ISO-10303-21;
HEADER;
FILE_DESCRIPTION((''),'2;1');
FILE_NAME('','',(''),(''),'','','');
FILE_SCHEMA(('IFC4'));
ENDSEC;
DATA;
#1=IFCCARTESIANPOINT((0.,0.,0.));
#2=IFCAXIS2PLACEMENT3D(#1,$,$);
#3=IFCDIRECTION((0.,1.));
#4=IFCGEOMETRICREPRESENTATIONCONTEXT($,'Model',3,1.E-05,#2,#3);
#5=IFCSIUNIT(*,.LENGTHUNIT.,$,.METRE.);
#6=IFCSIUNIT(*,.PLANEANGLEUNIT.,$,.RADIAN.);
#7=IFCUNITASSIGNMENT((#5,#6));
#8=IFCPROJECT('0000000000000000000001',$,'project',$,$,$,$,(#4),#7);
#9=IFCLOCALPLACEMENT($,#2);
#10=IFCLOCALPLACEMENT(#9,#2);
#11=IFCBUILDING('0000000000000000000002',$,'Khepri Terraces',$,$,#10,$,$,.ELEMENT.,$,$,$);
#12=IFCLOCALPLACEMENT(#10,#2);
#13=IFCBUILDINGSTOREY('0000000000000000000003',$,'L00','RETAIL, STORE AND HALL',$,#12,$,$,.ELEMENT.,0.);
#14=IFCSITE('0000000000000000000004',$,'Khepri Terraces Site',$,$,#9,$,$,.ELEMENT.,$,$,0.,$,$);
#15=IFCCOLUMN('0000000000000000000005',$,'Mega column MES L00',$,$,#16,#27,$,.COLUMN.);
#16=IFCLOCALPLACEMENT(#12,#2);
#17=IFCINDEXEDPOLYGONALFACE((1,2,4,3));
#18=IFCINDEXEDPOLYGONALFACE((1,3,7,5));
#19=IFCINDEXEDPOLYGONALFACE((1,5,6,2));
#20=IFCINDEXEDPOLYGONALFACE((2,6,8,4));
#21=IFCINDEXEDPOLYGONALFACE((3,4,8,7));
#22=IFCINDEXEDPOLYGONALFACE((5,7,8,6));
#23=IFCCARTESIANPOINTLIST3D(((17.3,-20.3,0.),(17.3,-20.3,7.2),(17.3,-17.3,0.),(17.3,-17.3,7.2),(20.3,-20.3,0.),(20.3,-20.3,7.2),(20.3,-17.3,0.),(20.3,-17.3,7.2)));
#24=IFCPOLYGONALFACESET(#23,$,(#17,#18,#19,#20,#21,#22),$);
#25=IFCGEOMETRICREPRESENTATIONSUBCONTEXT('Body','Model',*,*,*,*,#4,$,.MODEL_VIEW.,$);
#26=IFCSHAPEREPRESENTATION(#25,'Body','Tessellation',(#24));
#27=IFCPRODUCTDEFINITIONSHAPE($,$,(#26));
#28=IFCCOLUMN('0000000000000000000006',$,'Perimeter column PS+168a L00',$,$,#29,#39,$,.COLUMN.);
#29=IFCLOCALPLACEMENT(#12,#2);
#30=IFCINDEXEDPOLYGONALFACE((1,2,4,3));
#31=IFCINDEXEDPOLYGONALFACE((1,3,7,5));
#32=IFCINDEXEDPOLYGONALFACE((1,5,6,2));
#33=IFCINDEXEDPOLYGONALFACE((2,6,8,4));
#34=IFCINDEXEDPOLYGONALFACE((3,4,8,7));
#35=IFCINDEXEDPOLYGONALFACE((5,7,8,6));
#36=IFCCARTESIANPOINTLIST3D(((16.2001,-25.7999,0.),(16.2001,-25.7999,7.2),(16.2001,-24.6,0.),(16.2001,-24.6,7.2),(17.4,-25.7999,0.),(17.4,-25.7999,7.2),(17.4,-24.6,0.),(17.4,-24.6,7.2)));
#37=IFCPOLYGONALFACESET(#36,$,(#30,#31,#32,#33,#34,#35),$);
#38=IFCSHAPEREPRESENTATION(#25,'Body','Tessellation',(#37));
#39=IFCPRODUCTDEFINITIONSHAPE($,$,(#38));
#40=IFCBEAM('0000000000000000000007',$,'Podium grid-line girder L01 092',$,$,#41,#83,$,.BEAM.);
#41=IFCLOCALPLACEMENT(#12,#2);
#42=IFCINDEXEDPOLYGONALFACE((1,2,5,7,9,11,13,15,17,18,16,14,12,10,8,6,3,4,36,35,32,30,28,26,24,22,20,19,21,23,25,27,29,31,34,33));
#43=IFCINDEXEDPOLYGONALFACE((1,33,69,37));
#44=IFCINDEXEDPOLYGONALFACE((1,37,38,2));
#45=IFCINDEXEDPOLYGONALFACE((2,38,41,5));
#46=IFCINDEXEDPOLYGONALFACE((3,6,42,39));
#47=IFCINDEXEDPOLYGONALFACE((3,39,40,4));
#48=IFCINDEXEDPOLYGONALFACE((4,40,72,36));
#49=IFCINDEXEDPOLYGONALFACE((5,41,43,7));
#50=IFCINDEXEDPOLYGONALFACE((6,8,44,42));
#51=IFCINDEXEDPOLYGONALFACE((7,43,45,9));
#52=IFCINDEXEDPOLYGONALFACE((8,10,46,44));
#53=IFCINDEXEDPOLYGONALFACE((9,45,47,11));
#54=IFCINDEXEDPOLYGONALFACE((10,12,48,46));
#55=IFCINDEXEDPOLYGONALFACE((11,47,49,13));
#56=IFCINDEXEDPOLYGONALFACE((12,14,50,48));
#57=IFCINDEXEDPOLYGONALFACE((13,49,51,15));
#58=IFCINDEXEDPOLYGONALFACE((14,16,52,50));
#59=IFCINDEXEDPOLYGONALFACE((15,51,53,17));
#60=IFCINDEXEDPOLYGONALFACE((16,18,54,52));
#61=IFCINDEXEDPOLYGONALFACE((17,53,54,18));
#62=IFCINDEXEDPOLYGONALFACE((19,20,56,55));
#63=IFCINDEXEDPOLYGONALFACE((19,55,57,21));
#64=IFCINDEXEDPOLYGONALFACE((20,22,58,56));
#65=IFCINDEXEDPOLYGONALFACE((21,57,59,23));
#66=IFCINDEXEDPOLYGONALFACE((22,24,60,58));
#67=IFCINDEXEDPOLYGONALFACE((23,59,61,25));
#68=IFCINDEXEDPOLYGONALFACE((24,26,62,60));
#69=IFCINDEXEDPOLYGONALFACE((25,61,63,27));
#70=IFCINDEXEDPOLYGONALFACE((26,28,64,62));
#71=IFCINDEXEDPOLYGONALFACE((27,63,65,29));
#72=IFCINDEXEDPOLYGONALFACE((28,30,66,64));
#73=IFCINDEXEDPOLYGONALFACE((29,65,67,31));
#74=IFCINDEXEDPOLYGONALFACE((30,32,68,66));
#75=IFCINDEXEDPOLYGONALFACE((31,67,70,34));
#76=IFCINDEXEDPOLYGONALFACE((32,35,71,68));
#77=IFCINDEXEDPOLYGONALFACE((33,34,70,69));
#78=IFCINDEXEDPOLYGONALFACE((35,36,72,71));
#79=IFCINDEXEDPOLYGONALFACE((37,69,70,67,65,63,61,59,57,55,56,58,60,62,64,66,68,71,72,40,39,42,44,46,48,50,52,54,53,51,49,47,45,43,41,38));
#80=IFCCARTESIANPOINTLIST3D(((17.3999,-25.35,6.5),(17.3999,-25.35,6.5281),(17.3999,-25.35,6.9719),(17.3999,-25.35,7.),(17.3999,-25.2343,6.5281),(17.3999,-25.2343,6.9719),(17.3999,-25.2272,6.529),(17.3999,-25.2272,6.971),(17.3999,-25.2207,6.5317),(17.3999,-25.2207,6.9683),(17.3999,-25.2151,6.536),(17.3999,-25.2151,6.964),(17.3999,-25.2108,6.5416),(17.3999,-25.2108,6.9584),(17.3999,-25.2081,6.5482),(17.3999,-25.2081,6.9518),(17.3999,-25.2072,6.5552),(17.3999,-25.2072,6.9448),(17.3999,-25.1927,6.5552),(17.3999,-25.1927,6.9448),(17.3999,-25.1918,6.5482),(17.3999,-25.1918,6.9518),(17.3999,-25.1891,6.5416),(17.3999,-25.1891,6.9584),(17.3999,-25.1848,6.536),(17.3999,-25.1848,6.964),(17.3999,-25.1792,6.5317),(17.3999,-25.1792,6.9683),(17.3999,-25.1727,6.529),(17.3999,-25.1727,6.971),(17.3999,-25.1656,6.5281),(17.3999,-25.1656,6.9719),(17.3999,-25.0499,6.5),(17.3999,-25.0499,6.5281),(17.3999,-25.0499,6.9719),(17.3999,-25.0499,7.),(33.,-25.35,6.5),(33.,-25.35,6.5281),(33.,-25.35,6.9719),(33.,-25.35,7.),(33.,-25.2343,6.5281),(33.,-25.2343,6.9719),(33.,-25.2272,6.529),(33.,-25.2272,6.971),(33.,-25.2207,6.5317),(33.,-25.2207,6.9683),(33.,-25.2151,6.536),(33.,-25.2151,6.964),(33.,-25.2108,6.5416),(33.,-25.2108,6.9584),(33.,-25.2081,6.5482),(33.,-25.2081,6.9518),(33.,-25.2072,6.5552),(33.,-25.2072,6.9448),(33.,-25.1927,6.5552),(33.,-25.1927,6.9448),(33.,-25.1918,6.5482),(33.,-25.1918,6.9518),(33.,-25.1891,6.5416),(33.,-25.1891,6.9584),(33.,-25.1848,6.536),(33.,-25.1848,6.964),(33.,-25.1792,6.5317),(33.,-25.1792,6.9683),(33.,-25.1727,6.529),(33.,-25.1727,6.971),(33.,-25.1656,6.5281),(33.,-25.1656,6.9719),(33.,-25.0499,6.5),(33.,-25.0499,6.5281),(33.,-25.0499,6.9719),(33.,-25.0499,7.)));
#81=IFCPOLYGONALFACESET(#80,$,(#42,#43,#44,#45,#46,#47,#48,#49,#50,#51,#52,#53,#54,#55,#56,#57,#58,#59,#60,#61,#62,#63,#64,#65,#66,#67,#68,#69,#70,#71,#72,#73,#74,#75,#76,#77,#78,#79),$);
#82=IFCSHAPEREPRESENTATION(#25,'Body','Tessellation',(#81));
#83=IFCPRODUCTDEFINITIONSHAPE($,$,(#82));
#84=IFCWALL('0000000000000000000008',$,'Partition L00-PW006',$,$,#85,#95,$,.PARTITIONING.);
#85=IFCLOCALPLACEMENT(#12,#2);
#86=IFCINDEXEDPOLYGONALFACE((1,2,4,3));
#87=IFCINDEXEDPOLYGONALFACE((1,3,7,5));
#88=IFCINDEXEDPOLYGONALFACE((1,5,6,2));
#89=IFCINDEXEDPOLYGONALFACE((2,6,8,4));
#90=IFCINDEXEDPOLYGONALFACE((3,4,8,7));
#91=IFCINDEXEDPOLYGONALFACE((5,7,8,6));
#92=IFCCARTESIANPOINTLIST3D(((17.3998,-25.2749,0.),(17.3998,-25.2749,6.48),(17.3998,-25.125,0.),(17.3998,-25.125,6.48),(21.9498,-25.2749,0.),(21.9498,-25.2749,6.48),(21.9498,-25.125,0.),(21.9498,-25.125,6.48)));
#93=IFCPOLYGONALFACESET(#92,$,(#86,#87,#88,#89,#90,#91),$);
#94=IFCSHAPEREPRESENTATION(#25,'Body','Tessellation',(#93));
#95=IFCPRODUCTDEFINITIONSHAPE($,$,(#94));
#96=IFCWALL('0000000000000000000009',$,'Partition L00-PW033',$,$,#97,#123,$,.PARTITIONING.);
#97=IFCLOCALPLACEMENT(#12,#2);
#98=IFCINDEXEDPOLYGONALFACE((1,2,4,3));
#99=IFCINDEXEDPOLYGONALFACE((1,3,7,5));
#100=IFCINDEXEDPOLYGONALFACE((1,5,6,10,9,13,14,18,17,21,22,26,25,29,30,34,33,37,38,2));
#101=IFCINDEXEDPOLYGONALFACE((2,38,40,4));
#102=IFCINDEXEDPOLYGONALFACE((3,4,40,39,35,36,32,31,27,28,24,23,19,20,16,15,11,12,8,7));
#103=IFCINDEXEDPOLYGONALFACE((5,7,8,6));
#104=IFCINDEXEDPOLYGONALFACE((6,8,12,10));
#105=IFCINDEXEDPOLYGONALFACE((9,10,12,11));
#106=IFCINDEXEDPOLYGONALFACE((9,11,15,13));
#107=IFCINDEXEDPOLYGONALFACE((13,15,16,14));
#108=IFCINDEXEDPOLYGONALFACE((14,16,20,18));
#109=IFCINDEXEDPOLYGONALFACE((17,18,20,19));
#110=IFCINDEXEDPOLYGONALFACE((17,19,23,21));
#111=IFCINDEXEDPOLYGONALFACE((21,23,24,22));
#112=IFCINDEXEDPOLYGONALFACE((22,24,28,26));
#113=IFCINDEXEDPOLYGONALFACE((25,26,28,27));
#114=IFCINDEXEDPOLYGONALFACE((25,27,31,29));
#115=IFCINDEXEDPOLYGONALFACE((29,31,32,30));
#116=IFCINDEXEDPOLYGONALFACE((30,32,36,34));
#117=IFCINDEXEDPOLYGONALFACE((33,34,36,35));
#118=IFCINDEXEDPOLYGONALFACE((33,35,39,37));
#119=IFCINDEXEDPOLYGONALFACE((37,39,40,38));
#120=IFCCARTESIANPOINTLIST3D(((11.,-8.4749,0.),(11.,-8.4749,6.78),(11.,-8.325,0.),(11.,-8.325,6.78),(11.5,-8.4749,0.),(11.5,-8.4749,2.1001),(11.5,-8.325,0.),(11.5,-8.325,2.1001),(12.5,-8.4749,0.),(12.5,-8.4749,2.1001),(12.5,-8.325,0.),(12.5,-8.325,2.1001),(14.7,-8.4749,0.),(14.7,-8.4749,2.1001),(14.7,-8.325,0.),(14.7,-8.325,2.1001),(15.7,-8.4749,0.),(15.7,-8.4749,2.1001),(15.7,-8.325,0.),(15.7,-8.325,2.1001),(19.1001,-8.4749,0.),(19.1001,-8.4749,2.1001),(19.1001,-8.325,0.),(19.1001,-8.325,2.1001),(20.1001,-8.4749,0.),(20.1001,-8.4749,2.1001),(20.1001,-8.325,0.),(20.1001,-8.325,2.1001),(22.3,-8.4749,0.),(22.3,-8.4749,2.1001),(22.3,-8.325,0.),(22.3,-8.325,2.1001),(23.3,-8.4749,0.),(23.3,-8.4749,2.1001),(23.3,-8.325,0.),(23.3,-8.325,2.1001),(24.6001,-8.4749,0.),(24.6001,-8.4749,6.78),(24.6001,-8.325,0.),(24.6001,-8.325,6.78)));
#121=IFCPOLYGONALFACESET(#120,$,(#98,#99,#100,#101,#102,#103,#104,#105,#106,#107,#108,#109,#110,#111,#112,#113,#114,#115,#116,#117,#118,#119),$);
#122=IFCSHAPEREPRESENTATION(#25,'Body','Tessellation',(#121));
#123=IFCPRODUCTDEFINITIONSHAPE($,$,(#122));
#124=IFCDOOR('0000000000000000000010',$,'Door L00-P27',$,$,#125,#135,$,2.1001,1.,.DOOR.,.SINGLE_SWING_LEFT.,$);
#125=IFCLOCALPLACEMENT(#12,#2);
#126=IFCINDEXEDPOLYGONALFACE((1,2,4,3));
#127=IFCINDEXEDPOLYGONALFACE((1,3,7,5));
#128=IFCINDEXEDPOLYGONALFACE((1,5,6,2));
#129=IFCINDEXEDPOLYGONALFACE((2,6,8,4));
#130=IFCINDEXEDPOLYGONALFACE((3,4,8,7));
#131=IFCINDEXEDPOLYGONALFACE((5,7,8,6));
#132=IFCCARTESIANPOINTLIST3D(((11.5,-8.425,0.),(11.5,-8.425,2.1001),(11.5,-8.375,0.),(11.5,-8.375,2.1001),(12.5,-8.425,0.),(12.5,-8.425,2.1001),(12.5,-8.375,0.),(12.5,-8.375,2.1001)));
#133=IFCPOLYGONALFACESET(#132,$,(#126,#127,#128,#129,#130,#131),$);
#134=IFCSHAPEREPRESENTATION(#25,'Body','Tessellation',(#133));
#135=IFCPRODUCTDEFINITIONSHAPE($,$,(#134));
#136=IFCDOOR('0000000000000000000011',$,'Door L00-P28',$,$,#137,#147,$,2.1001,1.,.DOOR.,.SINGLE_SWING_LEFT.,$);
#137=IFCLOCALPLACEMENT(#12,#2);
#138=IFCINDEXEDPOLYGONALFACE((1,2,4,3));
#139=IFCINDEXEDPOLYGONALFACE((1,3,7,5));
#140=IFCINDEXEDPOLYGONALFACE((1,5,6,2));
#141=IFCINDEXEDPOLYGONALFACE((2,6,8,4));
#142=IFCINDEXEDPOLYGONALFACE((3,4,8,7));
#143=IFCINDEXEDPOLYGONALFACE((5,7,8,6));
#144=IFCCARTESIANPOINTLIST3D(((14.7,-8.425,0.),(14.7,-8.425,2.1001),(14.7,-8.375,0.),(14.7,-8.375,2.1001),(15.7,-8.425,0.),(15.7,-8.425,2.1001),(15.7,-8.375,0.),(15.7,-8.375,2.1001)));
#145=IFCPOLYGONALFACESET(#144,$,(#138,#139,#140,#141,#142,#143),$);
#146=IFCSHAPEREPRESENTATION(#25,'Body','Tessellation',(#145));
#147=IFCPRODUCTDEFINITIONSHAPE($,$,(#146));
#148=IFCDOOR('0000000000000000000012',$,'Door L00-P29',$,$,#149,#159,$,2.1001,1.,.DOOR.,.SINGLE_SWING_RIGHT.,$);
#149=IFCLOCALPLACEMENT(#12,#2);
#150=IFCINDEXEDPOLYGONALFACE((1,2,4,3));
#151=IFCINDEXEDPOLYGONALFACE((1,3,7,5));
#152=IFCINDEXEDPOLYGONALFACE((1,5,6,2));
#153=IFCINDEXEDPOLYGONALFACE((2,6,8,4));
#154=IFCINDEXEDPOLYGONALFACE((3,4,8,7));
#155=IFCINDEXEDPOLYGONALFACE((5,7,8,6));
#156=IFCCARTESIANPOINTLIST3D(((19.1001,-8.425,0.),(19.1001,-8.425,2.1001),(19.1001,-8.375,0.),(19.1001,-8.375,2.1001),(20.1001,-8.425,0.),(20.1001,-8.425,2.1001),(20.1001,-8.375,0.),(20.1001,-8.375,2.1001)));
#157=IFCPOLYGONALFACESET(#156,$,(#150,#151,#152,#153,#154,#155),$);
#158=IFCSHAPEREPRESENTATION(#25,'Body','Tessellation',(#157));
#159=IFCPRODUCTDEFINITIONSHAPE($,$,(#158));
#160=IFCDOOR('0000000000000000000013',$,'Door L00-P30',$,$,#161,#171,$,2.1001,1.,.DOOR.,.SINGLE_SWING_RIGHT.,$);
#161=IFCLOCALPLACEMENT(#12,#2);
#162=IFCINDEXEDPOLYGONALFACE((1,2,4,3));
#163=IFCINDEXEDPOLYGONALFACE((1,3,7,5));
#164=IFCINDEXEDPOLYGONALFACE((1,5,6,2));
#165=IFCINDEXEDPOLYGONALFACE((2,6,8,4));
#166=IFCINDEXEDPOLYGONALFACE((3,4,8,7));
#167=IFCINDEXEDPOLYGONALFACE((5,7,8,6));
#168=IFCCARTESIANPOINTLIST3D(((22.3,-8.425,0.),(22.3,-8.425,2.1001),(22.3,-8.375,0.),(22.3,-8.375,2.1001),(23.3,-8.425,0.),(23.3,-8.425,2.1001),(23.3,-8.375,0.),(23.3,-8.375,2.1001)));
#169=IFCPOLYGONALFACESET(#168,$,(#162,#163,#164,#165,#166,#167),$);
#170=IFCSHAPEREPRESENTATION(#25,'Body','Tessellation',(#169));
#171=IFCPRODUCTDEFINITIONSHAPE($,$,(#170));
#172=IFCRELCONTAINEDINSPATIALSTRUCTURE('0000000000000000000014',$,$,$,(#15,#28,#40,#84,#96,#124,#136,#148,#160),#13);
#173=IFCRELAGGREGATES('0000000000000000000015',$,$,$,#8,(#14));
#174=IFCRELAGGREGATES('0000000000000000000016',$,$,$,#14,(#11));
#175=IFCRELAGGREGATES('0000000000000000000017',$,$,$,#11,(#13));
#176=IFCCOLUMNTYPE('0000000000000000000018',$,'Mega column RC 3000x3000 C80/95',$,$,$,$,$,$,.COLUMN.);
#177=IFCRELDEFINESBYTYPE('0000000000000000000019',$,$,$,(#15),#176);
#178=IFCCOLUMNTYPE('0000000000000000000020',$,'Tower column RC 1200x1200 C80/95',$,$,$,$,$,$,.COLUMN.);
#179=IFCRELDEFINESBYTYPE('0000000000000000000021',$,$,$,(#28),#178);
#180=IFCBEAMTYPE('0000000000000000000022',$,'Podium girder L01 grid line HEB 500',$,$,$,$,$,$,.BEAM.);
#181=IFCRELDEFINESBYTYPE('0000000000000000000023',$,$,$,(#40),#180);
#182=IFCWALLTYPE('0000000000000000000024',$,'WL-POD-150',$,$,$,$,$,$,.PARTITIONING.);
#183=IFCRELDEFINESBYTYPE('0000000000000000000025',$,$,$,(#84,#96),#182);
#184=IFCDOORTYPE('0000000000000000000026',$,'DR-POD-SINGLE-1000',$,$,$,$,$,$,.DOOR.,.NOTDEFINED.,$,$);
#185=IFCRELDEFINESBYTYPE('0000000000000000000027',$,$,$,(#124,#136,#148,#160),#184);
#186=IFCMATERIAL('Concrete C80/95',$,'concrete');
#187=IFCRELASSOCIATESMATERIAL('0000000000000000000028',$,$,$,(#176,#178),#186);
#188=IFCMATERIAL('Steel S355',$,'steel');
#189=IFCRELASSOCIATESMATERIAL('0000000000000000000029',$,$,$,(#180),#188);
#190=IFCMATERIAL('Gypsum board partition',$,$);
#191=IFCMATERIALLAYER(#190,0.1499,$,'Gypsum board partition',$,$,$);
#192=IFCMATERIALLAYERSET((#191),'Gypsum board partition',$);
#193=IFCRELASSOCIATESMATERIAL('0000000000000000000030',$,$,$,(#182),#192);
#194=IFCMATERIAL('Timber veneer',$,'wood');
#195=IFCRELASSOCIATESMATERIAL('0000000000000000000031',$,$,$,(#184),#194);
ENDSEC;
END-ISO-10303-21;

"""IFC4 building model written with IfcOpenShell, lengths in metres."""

from ifc_helpers import new_model, si_unit, direction, frame, frame_2d, origin, origin_2d, place, context, subcontext, project, spatial, rectangle, i_section, extrude, material, layer, layer_set, material_profile, profile_set, type_object, element, fill, save


model = new_model("IFC4")

# Units and contexts
model_context = context("Model", 3, precision=1e-05, world=origin(), true_north=direction((0.0, 1.0)))
body_context = subcontext(model_context, "Body", "Model", "MODEL_VIEW")
ifc_project = project(units=[si_unit("LENGTHUNIT", "METRE"), si_unit("PLANEANGLEUNIT", "RADIAN")], contexts=[model_context])

# Site, building, storey
site_placement = place(None, origin())
site = spatial("IfcSite", under=ifc_project, at=site_placement, Name="Khepri Terraces Site", CompositionType="ELEMENT", RefElevation=0.0)
building_placement = place(site_placement, origin())
building = spatial("IfcBuilding", under=site, at=building_placement, Name="Khepri Terraces", CompositionType="ELEMENT")
storey_placement = place(building_placement, origin())
storey = spatial("IfcBuildingStorey", under=building, at=storey_placement, Name="L00", Description="RETAIL, STORE AND HALL", CompositionType="ELEMENT", Elevation=0.0)

# Columns
ifc_material_1 = material(Name="Concrete C80/95", Category="concrete")
ifc_material_profile_1 = material_profile(ifc_material_1, rectangle(XDim=3.0, YDim=3.0, at=origin_2d()), Name="Concrete C80/95", Category="concrete")
ifc_profile_set_1 = profile_set([ifc_material_profile_1], Name="Concrete C80/95")
column_type_1 = type_object("IfcColumnType", Name="Mega column RC 3000x3000 C80/95", PredefinedType="COLUMN", material=ifc_profile_set_1)
column_1_placement = place(storey_placement, frame((18.8, -18.8, 0.0), z_axis=(0.0, 0.0, 1.0), x_axis=(1.0, 0.0, 0.0)))
element("IfcColumn", 1, at=column_1_placement, inside=storey, type_object=column_type_1, Name="Mega column MES L00", PredefinedType="COLUMN", context=body_context, shape_type="SweptSolid", body=[
    extrude(rectangle(XDim=3.0, YDim=3.0, at=origin_2d()), origin(), (0.0, 0.0, 1.0), 7.2),
])
ifc_material_profile_2 = material_profile(ifc_material_1, rectangle(XDim=1.2, YDim=1.2, at=origin_2d()), Name="Concrete C80/95", Category="concrete")
ifc_profile_set_2 = profile_set([ifc_material_profile_2], Name="Concrete C80/95")
column_type_2 = type_object("IfcColumnType", Name="Tower column RC 1200x1200 C80/95", PredefinedType="COLUMN", material=ifc_profile_set_2)
column_2_placement = place(storey_placement, frame((16.8, -25.2, 0.0), z_axis=(0.0, 0.0, 1.0), x_axis=(1.0, 0.0, 0.0)))
element("IfcColumn", 2, at=column_2_placement, inside=storey, type_object=column_type_2, Name="Perimeter column PS+168a L00", PredefinedType="COLUMN", context=body_context, shape_type="SweptSolid", body=[
    extrude(rectangle(XDim=1.2, YDim=1.2, at=origin_2d()), origin(), (0.0, 0.0, 1.0), 7.2),
])

# Beam
ifc_material_2 = material(Name="Steel S355", Category="steel")
ifc_material_profile_3 = material_profile(ifc_material_2, i_section(OverallWidth=0.3, OverallDepth=0.5, WebThickness=0.0144, FlangeThickness=0.0281, FilletRadius=0.0271, at=origin_2d()), Name="Steel S355", Category="steel")
ifc_profile_set_3 = profile_set([ifc_material_profile_3], Name="Steel S355")
beam_type = type_object("IfcBeamType", Name="Podium girder L01 grid line HEB 500", PredefinedType="BEAM", material=ifc_profile_set_3)
beam_placement = place(storey_placement, frame((17.3999, -25.2, 6.75), z_axis=(1.0, 0.0, 0.0), x_axis=(0.0, 1.0, 0.0)))
element("IfcBeam", 3, at=beam_placement, inside=storey, type_object=beam_type, Name="Podium grid-line girder L01 092", PredefinedType="BEAM", context=body_context, shape_type="SweptSolid", body=[
    extrude(i_section(OverallWidth=0.3, OverallDepth=0.5, WebThickness=0.0144, FlangeThickness=0.0281, FilletRadius=0.0271, at=origin_2d()), origin(), (0.0, 0.0, 1.0), 15.6001),
])

# Wall
ifc_material_3 = material(Name="Gypsum board partition")
ifc_layer_1 = layer(ifc_material_3, 0.1499, Name="Gypsum board partition")
ifc_layer_set_1 = layer_set([ifc_layer_1], Name="Gypsum board partition")
wall_type_1 = type_object("IfcWallType", Name="WL-POD-150", PredefinedType="PARTITIONING", material=ifc_layer_set_1)
wall_1_placement = place(storey_placement, frame((17.3999, -25.2, 0.0), z_axis=(0.0, 0.0, 1.0), x_axis=(1.0, 0.0, 0.0)))
element("IfcWall", 4, at=wall_1_placement, inside=storey, type_object=wall_type_1, Name="Partition L00-PW006", PredefinedType="PARTITIONING", context=body_context, shape_type="SweptSolid", body=[
    extrude(rectangle(XDim=4.55, YDim=0.1499, at=frame_2d((2.2749, 0.0))), origin(), (0.0, 0.0, 1.0), 6.48),
])

# Wall, openings, doors
wall_2_placement = place(storey_placement, frame((11.0, -8.3999, 0.0), z_axis=(0.0, 0.0, 1.0), x_axis=(1.0, 0.0, 0.0)))
wall_2 = element("IfcWall", 5, at=wall_2_placement, inside=storey, type_object=wall_type_1, Name="Partition L00-PW033", PredefinedType="PARTITIONING", context=body_context, shape_type="SweptSolid", body=[
    extrude(rectangle(XDim=13.6001, YDim=0.1499, at=frame_2d((6.8, 0.0))), origin(), (0.0, 0.0, 1.0), 6.78),
])
opening_1_placement = place(wall_2_placement, frame((0.5, 0.0, 0.0)))
opening_1 = element("IfcOpeningElement", 6, at=opening_1_placement, cuts=wall_2, PredefinedType="OPENING", context=body_context, shape_type="SweptSolid", body=[
    extrude(rectangle(XDim=1.0, YDim=2.1001, at=frame_2d((0.5, 1.05))), frame((0.0, 0.085, 0.0), z_axis=(0.0, -1.0, 0.0), x_axis=(1.0, 0.0, 0.0)), (0.0, 0.0, 1.0), 0.1699),
])
opening_2_placement = place(wall_2_placement, frame((3.7, 0.0, 0.0)))
opening_2 = element("IfcOpeningElement", 7, at=opening_2_placement, cuts=wall_2, PredefinedType="OPENING", context=body_context, shape_type="SweptSolid", body=[
    extrude(rectangle(XDim=1.0, YDim=2.1001, at=frame_2d((0.5, 1.05))), frame((0.0, 0.085, 0.0), z_axis=(0.0, -1.0, 0.0), x_axis=(1.0, 0.0, 0.0)), (0.0, 0.0, 1.0), 0.1699),
])
opening_3_placement = place(wall_2_placement, frame((8.1001, 0.0, 0.0)))
opening_3 = element("IfcOpeningElement", 8, at=opening_3_placement, cuts=wall_2, PredefinedType="OPENING", context=body_context, shape_type="SweptSolid", body=[
    extrude(rectangle(XDim=1.0, YDim=2.1001, at=frame_2d((0.5, 1.05))), frame((0.0, 0.085, 0.0), z_axis=(0.0, -1.0, 0.0), x_axis=(1.0, 0.0, 0.0)), (0.0, 0.0, 1.0), 0.1699),
])
opening_4_placement = place(wall_2_placement, frame((11.3, 0.0, 0.0)))
opening_4 = element("IfcOpeningElement", 9, at=opening_4_placement, cuts=wall_2, PredefinedType="OPENING", context=body_context, shape_type="SweptSolid", body=[
    extrude(rectangle(XDim=1.0, YDim=2.1001, at=frame_2d((0.5, 1.05))), frame((0.0, 0.085, 0.0), z_axis=(0.0, -1.0, 0.0), x_axis=(1.0, 0.0, 0.0)), (0.0, 0.0, 1.0), 0.1699),
])
ifc_material_4 = material(Name="Timber veneer", Category="wood")
door_type_1 = type_object("IfcDoorType", Name="DR-POD-SINGLE-1000", OperationType="NOTDEFINED", PredefinedType="DOOR", material=ifc_material_4)
door_1_placement = place(opening_1_placement, origin())
door_1 = element("IfcDoor", 10, at=door_1_placement, inside=storey, type_object=door_type_1, Name="Door L00-P27", OperationType="SINGLE_SWING_LEFT", OverallHeight=2.1001, OverallWidth=1.0, PredefinedType="DOOR", context=body_context, shape_type="SweptSolid", body=[
    extrude(rectangle(XDim=1.0, YDim=2.1001, at=frame_2d((0.5, 1.05))), frame((0.0, 0.0249, 0.0), z_axis=(0.0, -1.0, 0.0), x_axis=(1.0, 0.0, 0.0)), (0.0, 0.0, 1.0), 0.05),
])
fill(opening_1, door_1)
door_2_placement = place(opening_2_placement, origin())
door_2 = element("IfcDoor", 11, at=door_2_placement, inside=storey, type_object=door_type_1, Name="Door L00-P28", OperationType="SINGLE_SWING_LEFT", OverallHeight=2.1001, OverallWidth=1.0, PredefinedType="DOOR", context=body_context, shape_type="SweptSolid", body=[
    extrude(rectangle(XDim=1.0, YDim=2.1001, at=frame_2d((0.5, 1.05))), frame((0.0, 0.0249, 0.0), z_axis=(0.0, -1.0, 0.0), x_axis=(1.0, 0.0, 0.0)), (0.0, 0.0, 1.0), 0.05),
])
fill(opening_2, door_2)
door_3_placement = place(opening_3_placement, origin())
door_3 = element("IfcDoor", 12, at=door_3_placement, inside=storey, type_object=door_type_1, Name="Door L00-P29", OperationType="SINGLE_SWING_RIGHT", OverallHeight=2.1001, OverallWidth=1.0, PredefinedType="DOOR", context=body_context, shape_type="SweptSolid", body=[
    extrude(rectangle(XDim=1.0, YDim=2.1001, at=frame_2d((0.5, 1.05))), frame((0.0, 0.0249, 0.0), z_axis=(0.0, -1.0, 0.0), x_axis=(1.0, 0.0, 0.0)), (0.0, 0.0, 1.0), 0.05),
])
fill(opening_3, door_3)
door_4_placement = place(opening_4_placement, origin())
door_4 = element("IfcDoor", 13, at=door_4_placement, inside=storey, type_object=door_type_1, Name="Door L00-P30", OperationType="SINGLE_SWING_RIGHT", OverallHeight=2.1001, OverallWidth=1.0, PredefinedType="DOOR", context=body_context, shape_type="SweptSolid", body=[
    extrude(rectangle(XDim=1.0, YDim=2.1001, at=frame_2d((0.5, 1.05))), frame((0.0, 0.0249, 0.0), z_axis=(0.0, -1.0, 0.0), x_axis=(1.0, 0.0, 0.0)), (0.0, 0.0, 1.0), 0.05),
])
fill(opening_4, door_4)

save(model, "model.ifc")
